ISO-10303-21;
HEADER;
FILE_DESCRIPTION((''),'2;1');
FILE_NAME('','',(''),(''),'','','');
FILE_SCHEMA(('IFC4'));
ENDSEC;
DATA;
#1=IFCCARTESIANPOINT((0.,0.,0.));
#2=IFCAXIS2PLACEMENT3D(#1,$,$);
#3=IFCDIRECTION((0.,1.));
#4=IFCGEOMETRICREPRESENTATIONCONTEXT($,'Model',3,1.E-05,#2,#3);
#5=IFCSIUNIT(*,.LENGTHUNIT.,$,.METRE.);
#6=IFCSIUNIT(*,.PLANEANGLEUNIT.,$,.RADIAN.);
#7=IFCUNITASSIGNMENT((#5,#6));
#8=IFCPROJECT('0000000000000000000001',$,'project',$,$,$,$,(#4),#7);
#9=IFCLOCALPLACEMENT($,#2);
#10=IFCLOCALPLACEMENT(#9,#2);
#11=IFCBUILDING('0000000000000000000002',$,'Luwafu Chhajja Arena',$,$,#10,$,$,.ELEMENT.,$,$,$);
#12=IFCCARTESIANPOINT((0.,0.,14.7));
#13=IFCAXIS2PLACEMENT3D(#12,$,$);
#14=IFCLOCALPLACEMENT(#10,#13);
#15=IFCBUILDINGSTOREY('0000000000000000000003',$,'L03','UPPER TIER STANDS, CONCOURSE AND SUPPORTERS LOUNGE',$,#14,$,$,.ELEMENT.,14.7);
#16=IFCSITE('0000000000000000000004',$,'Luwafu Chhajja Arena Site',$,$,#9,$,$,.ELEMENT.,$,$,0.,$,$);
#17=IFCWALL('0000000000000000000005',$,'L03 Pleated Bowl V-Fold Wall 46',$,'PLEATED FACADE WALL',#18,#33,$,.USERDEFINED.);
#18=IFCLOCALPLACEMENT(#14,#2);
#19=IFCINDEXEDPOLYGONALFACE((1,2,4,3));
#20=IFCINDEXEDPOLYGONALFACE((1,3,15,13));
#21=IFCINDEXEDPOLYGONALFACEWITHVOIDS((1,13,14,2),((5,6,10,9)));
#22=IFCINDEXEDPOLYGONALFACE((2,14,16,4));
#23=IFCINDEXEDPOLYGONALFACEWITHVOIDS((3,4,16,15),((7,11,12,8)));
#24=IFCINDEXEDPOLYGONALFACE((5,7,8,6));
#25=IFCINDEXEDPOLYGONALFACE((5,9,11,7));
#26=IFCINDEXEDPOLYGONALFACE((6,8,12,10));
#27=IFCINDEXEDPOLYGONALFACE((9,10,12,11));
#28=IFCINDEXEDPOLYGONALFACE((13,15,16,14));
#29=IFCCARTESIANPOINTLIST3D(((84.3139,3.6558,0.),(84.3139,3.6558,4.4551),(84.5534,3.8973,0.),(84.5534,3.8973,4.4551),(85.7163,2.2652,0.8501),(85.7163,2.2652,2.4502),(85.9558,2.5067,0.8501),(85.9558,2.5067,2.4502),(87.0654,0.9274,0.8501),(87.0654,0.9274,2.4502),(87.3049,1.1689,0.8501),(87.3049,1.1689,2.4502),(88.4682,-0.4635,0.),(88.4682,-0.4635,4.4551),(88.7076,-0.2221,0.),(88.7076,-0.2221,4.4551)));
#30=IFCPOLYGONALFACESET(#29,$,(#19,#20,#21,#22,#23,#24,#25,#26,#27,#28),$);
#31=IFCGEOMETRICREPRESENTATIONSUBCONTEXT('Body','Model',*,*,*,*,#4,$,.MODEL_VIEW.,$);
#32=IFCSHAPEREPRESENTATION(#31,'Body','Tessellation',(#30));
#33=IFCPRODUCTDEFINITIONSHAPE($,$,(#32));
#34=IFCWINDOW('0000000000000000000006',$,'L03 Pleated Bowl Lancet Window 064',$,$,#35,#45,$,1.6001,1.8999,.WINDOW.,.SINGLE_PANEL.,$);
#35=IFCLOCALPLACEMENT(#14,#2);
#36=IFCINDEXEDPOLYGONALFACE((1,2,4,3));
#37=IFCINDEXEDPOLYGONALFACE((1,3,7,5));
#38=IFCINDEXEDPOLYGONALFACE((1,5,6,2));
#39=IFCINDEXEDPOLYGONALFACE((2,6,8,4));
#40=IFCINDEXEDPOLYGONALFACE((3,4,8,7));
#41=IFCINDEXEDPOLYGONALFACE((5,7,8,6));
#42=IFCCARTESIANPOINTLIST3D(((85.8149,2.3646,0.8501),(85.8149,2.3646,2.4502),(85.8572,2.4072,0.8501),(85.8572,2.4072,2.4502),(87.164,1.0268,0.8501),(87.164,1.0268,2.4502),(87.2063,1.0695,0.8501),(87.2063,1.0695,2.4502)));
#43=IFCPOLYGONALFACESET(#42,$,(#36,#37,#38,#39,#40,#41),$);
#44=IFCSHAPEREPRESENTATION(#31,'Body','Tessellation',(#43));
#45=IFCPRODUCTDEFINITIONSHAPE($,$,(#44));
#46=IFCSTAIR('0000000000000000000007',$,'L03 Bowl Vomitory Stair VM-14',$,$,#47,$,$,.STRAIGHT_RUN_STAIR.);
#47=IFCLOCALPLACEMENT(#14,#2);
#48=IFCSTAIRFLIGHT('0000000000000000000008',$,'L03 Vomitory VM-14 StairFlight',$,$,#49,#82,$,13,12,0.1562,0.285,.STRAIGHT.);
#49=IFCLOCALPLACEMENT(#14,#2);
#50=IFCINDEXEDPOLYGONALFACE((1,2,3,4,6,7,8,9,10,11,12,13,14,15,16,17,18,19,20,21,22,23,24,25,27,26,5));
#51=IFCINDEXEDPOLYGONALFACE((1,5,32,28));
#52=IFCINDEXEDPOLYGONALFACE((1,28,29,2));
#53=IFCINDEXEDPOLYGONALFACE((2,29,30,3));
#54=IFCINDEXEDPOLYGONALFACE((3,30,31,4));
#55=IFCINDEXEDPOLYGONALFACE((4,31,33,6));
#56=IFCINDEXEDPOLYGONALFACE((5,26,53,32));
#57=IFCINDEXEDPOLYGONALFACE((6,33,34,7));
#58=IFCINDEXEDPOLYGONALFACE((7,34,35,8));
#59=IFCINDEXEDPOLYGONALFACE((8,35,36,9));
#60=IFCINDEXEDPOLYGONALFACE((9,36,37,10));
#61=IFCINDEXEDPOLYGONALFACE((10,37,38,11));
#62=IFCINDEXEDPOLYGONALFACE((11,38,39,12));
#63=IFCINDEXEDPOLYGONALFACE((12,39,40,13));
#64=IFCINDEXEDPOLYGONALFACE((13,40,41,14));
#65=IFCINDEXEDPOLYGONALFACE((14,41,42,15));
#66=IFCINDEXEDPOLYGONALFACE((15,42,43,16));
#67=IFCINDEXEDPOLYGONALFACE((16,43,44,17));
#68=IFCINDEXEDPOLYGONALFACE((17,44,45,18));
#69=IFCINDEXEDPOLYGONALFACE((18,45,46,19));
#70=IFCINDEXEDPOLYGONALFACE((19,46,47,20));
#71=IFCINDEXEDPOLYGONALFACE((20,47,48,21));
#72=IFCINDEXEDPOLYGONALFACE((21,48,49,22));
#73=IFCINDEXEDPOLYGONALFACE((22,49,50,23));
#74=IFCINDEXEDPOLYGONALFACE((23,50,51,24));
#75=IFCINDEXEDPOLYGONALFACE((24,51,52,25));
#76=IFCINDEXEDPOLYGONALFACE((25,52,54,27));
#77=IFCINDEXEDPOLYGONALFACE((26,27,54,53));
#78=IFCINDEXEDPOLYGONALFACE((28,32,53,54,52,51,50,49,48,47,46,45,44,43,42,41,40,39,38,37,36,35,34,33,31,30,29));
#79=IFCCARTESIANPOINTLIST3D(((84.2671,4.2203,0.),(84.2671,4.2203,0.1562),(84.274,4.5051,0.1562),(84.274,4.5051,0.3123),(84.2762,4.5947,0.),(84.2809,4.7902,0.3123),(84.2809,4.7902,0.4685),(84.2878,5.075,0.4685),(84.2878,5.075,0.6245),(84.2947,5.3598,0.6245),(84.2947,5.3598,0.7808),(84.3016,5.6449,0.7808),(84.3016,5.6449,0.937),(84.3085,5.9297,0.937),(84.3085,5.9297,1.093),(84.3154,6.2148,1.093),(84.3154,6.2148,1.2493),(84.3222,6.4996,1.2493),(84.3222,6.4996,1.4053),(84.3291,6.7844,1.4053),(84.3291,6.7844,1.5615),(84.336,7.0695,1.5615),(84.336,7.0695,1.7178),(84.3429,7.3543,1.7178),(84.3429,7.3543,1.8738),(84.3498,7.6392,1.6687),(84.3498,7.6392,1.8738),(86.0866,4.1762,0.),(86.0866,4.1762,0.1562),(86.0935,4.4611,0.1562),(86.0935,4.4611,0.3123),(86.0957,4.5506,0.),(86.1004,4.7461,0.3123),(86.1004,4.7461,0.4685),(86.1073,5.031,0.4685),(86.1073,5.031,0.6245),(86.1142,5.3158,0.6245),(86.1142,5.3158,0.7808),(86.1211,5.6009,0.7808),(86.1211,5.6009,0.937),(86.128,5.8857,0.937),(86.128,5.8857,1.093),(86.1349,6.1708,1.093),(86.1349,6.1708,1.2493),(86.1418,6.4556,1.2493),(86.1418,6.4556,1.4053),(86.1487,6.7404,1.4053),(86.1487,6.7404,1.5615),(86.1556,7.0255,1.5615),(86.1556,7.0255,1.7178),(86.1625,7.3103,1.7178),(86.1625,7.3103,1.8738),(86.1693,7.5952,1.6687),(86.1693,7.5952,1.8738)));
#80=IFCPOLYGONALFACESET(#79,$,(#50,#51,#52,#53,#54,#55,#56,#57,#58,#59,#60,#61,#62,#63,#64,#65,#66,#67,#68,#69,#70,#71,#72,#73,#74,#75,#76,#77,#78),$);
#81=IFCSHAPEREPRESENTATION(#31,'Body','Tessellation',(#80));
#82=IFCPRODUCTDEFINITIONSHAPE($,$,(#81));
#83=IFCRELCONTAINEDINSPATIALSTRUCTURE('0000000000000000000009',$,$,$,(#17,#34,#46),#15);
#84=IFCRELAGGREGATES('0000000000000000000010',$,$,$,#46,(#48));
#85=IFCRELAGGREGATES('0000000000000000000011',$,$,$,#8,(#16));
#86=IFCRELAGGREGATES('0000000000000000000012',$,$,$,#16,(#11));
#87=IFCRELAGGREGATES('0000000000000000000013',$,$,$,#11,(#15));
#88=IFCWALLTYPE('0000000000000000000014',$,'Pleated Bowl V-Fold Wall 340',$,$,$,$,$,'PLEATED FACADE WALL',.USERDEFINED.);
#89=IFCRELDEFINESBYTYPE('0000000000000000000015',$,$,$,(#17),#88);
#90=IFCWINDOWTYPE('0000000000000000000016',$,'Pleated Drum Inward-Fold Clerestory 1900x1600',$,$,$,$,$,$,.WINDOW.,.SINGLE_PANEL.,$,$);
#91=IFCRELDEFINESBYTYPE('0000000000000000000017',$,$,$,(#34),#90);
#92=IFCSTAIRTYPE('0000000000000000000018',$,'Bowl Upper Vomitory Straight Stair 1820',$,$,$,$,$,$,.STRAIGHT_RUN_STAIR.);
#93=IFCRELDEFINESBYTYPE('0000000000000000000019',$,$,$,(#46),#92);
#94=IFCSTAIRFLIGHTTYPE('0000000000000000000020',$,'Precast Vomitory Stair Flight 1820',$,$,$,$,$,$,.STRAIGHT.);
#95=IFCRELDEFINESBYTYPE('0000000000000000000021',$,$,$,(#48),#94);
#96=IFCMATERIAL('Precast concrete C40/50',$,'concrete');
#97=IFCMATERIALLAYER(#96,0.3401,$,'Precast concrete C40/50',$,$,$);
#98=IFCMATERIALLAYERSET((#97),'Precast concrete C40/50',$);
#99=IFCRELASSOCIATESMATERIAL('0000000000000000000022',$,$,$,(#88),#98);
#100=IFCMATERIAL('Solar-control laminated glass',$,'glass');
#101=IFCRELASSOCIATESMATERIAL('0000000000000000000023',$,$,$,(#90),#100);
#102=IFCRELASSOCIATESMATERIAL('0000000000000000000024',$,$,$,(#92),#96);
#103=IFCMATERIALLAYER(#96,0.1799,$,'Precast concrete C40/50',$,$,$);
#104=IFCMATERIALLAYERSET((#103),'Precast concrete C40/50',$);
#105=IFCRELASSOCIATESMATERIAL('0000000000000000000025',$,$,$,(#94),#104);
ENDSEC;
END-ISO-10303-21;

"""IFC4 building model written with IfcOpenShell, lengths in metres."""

from ifc_helpers import new_model, si_unit, direction, frame, frame_2d, origin, place, context, subcontext, project, spatial, polyline, rectangle, outline, extrude, material, layer, layer_set, type_object, element, fill, aggregate, save


model = new_model("IFC4")

# Units and contexts
model_context = context("Model", 3, precision=1e-05, world=origin(), true_north=direction((0.0, 1.0)))
body_context = subcontext(model_context, "Body", "Model", "MODEL_VIEW")
ifc_project = project(units=[si_unit("LENGTHUNIT", "METRE"), si_unit("PLANEANGLEUNIT", "RADIAN")], contexts=[model_context])

# Site, building, storey
site_placement = place(None, origin())
site = spatial("IfcSite", under=ifc_project, at=site_placement, Name="Luwafu Chhajja Arena Site", CompositionType="ELEMENT", RefElevation=0.0)
building_placement = place(site_placement, origin())
building = spatial("IfcBuilding", under=site, at=building_placement, Name="Luwafu Chhajja Arena", CompositionType="ELEMENT")
storey_placement = place(building_placement, frame((0.0, 0.0, 14.7)))
storey = spatial("IfcBuildingStorey", under=building, at=storey_placement, Name="L03", Description="UPPER TIER STANDS, CONCOURSE AND SUPPORTERS LOUNGE", CompositionType="ELEMENT", Elevation=14.7)

# Shared definitions
ifc_material_1 = material(Name="Precast concrete C40/50", Category="concrete")

# Wall, opening, window
ifc_layer_1 = layer(ifc_material_1, 0.3401, Name="Precast concrete C40/50")
ifc_layer_set_1 = layer_set([ifc_layer_1], Name="Precast concrete C40/50")
wall_type = type_object("IfcWallType", Name="Pleated Bowl V-Fold Wall 340", ElementType="PLEATED FACADE WALL", PredefinedType="USERDEFINED", material=ifc_layer_set_1)
ifc_material_2 = material(Name="Solar-control laminated glass", Category="glass")
window_type_1 = type_object("IfcWindowType", Name="Pleated Drum Inward-Fold Clerestory 1900x1600", PartitioningType="SINGLE_PANEL", PredefinedType="WINDOW", material=ifc_material_2)
wall_1_placement = place(storey_placement, frame((84.4336, 3.7766, 0.0), z_axis=(0.0, 0.0, 1.0), x_axis=(0.710084, -0.704117, 0.0)))
wall_1 = element("IfcWall", 1, at=wall_1_placement, inside=storey, type_object=wall_type, Name="L03 Pleated Bowl V-Fold Wall 46", ObjectType="PLEATED FACADE WALL", PredefinedType="USERDEFINED", context=body_context, shape_type="SweptSolid", body=[
    extrude(rectangle(XDim=5.8503, YDim=0.3401, at=frame_2d((2.9253, 0.0))), origin(), (0.0, 0.0, 1.0), 4.4551),
])
opening_1_placement = place(wall_1_placement, frame((1.9751, 0.0, 0.8501)))
opening_1 = element("IfcOpeningElement", 2, at=opening_1_placement, cuts=wall_1, PredefinedType="OPENING", context=body_context, shape_type="SweptSolid", body=[
    extrude(rectangle(XDim=1.8999, YDim=1.6001, at=frame_2d((0.95, 0.8))), frame((0.0, 0.1799, 0.0), z_axis=(0.0, -1.0, 0.0), x_axis=(1.0, 0.0, 0.0)), (0.0, 0.0, 1.0), 0.3601),
])
window_1_placement = place(opening_1_placement, origin())
window_1 = element("IfcWindow", 3, at=window_1_placement, inside=storey, type_object=window_type_1, Name="L03 Pleated Bowl Lancet Window 064", OverallHeight=1.6001, OverallWidth=1.8999, PartitioningType="SINGLE_PANEL", PredefinedType="WINDOW", context=body_context, shape_type="SweptSolid", body=[
    extrude(rectangle(XDim=1.8999, YDim=1.6001, at=frame_2d((0.95, 0.8))), frame((0.0, 0.03, 0.0), z_axis=(0.0, -1.0, 0.0), x_axis=(1.0, 0.0, 0.0)), (0.0, 0.0, 1.0), 0.0601),
])
fill(opening_1, window_1)

# Stair, stair flight
stair_type = type_object("IfcStairType", Name="Bowl Upper Vomitory Straight Stair 1820", PredefinedType="STRAIGHT_RUN_STAIR", material=ifc_material_1)
stair_placement = place(storey_placement, origin())
stair = element("IfcStair", 4, at=stair_placement, inside=storey, type_object=stair_type, Name="L03 Bowl Vomitory Stair VM-14", PredefinedType="STRAIGHT_RUN_STAIR")
ifc_layer_2 = layer(ifc_material_1, 0.1799, Name="Precast concrete C40/50")
ifc_layer_set_2 = layer_set([ifc_layer_2], Name="Precast concrete C40/50")
stair_flight_type = type_object("IfcStairFlightType", Name="Precast Vomitory Stair Flight 1820", PredefinedType="STRAIGHT", material=ifc_layer_set_2)
stair_flight_placement = place(storey_placement, frame((85.177, 4.1982, 0.0), z_axis=(0.0, 0.0, 1.0), x_axis=(0.024181, 0.999708, 0.0)))
stair_flight = element("IfcStairFlight", 5, at=stair_flight_placement, type_object=stair_flight_type, Name="L03 Vomitory VM-14 StairFlight", NumberOfRisers=13, NumberOfTreads=12, PredefinedType="STRAIGHT", RiserHeight=0.1562, TreadLength=0.285, context=body_context, shape_type="SweptSolid", body=[
    extrude(outline(polyline([(0.0, 0.0), (0.0, 0.1562), (0.2849, 0.1562), (0.2849, 0.3123), (0.5701, 0.3123), (0.5701, 0.4685), (0.855, 0.4685), (0.855, 0.6245), (1.1399, 0.6245), (1.1399, 0.7808), (1.425, 0.7808), (1.425, 0.937), (1.71, 0.937), (1.71, 1.093), (1.9951, 1.093), (1.9951, 1.2493), (2.28, 1.2493), (2.28, 1.4053), (2.5649, 1.4053), (2.5649, 1.5615), (2.8501, 1.5615), (2.8501, 1.7178), (3.135, 1.7178), (3.135, 1.8738), (3.4199, 1.8738), (3.4199, 2.03), (3.4199, 1.6687), (0.3745, 0.0), (0.0, 0.0)])), frame((0.0, 0.9102, 0.0), z_axis=(0.0, -1.0, 0.0), x_axis=(1.0, 0.0, 0.0)), (0.0, 0.0, 1.0), 1.8201),
])
aggregate(stair, [stair_flight])

save(model, "model.ifc")
